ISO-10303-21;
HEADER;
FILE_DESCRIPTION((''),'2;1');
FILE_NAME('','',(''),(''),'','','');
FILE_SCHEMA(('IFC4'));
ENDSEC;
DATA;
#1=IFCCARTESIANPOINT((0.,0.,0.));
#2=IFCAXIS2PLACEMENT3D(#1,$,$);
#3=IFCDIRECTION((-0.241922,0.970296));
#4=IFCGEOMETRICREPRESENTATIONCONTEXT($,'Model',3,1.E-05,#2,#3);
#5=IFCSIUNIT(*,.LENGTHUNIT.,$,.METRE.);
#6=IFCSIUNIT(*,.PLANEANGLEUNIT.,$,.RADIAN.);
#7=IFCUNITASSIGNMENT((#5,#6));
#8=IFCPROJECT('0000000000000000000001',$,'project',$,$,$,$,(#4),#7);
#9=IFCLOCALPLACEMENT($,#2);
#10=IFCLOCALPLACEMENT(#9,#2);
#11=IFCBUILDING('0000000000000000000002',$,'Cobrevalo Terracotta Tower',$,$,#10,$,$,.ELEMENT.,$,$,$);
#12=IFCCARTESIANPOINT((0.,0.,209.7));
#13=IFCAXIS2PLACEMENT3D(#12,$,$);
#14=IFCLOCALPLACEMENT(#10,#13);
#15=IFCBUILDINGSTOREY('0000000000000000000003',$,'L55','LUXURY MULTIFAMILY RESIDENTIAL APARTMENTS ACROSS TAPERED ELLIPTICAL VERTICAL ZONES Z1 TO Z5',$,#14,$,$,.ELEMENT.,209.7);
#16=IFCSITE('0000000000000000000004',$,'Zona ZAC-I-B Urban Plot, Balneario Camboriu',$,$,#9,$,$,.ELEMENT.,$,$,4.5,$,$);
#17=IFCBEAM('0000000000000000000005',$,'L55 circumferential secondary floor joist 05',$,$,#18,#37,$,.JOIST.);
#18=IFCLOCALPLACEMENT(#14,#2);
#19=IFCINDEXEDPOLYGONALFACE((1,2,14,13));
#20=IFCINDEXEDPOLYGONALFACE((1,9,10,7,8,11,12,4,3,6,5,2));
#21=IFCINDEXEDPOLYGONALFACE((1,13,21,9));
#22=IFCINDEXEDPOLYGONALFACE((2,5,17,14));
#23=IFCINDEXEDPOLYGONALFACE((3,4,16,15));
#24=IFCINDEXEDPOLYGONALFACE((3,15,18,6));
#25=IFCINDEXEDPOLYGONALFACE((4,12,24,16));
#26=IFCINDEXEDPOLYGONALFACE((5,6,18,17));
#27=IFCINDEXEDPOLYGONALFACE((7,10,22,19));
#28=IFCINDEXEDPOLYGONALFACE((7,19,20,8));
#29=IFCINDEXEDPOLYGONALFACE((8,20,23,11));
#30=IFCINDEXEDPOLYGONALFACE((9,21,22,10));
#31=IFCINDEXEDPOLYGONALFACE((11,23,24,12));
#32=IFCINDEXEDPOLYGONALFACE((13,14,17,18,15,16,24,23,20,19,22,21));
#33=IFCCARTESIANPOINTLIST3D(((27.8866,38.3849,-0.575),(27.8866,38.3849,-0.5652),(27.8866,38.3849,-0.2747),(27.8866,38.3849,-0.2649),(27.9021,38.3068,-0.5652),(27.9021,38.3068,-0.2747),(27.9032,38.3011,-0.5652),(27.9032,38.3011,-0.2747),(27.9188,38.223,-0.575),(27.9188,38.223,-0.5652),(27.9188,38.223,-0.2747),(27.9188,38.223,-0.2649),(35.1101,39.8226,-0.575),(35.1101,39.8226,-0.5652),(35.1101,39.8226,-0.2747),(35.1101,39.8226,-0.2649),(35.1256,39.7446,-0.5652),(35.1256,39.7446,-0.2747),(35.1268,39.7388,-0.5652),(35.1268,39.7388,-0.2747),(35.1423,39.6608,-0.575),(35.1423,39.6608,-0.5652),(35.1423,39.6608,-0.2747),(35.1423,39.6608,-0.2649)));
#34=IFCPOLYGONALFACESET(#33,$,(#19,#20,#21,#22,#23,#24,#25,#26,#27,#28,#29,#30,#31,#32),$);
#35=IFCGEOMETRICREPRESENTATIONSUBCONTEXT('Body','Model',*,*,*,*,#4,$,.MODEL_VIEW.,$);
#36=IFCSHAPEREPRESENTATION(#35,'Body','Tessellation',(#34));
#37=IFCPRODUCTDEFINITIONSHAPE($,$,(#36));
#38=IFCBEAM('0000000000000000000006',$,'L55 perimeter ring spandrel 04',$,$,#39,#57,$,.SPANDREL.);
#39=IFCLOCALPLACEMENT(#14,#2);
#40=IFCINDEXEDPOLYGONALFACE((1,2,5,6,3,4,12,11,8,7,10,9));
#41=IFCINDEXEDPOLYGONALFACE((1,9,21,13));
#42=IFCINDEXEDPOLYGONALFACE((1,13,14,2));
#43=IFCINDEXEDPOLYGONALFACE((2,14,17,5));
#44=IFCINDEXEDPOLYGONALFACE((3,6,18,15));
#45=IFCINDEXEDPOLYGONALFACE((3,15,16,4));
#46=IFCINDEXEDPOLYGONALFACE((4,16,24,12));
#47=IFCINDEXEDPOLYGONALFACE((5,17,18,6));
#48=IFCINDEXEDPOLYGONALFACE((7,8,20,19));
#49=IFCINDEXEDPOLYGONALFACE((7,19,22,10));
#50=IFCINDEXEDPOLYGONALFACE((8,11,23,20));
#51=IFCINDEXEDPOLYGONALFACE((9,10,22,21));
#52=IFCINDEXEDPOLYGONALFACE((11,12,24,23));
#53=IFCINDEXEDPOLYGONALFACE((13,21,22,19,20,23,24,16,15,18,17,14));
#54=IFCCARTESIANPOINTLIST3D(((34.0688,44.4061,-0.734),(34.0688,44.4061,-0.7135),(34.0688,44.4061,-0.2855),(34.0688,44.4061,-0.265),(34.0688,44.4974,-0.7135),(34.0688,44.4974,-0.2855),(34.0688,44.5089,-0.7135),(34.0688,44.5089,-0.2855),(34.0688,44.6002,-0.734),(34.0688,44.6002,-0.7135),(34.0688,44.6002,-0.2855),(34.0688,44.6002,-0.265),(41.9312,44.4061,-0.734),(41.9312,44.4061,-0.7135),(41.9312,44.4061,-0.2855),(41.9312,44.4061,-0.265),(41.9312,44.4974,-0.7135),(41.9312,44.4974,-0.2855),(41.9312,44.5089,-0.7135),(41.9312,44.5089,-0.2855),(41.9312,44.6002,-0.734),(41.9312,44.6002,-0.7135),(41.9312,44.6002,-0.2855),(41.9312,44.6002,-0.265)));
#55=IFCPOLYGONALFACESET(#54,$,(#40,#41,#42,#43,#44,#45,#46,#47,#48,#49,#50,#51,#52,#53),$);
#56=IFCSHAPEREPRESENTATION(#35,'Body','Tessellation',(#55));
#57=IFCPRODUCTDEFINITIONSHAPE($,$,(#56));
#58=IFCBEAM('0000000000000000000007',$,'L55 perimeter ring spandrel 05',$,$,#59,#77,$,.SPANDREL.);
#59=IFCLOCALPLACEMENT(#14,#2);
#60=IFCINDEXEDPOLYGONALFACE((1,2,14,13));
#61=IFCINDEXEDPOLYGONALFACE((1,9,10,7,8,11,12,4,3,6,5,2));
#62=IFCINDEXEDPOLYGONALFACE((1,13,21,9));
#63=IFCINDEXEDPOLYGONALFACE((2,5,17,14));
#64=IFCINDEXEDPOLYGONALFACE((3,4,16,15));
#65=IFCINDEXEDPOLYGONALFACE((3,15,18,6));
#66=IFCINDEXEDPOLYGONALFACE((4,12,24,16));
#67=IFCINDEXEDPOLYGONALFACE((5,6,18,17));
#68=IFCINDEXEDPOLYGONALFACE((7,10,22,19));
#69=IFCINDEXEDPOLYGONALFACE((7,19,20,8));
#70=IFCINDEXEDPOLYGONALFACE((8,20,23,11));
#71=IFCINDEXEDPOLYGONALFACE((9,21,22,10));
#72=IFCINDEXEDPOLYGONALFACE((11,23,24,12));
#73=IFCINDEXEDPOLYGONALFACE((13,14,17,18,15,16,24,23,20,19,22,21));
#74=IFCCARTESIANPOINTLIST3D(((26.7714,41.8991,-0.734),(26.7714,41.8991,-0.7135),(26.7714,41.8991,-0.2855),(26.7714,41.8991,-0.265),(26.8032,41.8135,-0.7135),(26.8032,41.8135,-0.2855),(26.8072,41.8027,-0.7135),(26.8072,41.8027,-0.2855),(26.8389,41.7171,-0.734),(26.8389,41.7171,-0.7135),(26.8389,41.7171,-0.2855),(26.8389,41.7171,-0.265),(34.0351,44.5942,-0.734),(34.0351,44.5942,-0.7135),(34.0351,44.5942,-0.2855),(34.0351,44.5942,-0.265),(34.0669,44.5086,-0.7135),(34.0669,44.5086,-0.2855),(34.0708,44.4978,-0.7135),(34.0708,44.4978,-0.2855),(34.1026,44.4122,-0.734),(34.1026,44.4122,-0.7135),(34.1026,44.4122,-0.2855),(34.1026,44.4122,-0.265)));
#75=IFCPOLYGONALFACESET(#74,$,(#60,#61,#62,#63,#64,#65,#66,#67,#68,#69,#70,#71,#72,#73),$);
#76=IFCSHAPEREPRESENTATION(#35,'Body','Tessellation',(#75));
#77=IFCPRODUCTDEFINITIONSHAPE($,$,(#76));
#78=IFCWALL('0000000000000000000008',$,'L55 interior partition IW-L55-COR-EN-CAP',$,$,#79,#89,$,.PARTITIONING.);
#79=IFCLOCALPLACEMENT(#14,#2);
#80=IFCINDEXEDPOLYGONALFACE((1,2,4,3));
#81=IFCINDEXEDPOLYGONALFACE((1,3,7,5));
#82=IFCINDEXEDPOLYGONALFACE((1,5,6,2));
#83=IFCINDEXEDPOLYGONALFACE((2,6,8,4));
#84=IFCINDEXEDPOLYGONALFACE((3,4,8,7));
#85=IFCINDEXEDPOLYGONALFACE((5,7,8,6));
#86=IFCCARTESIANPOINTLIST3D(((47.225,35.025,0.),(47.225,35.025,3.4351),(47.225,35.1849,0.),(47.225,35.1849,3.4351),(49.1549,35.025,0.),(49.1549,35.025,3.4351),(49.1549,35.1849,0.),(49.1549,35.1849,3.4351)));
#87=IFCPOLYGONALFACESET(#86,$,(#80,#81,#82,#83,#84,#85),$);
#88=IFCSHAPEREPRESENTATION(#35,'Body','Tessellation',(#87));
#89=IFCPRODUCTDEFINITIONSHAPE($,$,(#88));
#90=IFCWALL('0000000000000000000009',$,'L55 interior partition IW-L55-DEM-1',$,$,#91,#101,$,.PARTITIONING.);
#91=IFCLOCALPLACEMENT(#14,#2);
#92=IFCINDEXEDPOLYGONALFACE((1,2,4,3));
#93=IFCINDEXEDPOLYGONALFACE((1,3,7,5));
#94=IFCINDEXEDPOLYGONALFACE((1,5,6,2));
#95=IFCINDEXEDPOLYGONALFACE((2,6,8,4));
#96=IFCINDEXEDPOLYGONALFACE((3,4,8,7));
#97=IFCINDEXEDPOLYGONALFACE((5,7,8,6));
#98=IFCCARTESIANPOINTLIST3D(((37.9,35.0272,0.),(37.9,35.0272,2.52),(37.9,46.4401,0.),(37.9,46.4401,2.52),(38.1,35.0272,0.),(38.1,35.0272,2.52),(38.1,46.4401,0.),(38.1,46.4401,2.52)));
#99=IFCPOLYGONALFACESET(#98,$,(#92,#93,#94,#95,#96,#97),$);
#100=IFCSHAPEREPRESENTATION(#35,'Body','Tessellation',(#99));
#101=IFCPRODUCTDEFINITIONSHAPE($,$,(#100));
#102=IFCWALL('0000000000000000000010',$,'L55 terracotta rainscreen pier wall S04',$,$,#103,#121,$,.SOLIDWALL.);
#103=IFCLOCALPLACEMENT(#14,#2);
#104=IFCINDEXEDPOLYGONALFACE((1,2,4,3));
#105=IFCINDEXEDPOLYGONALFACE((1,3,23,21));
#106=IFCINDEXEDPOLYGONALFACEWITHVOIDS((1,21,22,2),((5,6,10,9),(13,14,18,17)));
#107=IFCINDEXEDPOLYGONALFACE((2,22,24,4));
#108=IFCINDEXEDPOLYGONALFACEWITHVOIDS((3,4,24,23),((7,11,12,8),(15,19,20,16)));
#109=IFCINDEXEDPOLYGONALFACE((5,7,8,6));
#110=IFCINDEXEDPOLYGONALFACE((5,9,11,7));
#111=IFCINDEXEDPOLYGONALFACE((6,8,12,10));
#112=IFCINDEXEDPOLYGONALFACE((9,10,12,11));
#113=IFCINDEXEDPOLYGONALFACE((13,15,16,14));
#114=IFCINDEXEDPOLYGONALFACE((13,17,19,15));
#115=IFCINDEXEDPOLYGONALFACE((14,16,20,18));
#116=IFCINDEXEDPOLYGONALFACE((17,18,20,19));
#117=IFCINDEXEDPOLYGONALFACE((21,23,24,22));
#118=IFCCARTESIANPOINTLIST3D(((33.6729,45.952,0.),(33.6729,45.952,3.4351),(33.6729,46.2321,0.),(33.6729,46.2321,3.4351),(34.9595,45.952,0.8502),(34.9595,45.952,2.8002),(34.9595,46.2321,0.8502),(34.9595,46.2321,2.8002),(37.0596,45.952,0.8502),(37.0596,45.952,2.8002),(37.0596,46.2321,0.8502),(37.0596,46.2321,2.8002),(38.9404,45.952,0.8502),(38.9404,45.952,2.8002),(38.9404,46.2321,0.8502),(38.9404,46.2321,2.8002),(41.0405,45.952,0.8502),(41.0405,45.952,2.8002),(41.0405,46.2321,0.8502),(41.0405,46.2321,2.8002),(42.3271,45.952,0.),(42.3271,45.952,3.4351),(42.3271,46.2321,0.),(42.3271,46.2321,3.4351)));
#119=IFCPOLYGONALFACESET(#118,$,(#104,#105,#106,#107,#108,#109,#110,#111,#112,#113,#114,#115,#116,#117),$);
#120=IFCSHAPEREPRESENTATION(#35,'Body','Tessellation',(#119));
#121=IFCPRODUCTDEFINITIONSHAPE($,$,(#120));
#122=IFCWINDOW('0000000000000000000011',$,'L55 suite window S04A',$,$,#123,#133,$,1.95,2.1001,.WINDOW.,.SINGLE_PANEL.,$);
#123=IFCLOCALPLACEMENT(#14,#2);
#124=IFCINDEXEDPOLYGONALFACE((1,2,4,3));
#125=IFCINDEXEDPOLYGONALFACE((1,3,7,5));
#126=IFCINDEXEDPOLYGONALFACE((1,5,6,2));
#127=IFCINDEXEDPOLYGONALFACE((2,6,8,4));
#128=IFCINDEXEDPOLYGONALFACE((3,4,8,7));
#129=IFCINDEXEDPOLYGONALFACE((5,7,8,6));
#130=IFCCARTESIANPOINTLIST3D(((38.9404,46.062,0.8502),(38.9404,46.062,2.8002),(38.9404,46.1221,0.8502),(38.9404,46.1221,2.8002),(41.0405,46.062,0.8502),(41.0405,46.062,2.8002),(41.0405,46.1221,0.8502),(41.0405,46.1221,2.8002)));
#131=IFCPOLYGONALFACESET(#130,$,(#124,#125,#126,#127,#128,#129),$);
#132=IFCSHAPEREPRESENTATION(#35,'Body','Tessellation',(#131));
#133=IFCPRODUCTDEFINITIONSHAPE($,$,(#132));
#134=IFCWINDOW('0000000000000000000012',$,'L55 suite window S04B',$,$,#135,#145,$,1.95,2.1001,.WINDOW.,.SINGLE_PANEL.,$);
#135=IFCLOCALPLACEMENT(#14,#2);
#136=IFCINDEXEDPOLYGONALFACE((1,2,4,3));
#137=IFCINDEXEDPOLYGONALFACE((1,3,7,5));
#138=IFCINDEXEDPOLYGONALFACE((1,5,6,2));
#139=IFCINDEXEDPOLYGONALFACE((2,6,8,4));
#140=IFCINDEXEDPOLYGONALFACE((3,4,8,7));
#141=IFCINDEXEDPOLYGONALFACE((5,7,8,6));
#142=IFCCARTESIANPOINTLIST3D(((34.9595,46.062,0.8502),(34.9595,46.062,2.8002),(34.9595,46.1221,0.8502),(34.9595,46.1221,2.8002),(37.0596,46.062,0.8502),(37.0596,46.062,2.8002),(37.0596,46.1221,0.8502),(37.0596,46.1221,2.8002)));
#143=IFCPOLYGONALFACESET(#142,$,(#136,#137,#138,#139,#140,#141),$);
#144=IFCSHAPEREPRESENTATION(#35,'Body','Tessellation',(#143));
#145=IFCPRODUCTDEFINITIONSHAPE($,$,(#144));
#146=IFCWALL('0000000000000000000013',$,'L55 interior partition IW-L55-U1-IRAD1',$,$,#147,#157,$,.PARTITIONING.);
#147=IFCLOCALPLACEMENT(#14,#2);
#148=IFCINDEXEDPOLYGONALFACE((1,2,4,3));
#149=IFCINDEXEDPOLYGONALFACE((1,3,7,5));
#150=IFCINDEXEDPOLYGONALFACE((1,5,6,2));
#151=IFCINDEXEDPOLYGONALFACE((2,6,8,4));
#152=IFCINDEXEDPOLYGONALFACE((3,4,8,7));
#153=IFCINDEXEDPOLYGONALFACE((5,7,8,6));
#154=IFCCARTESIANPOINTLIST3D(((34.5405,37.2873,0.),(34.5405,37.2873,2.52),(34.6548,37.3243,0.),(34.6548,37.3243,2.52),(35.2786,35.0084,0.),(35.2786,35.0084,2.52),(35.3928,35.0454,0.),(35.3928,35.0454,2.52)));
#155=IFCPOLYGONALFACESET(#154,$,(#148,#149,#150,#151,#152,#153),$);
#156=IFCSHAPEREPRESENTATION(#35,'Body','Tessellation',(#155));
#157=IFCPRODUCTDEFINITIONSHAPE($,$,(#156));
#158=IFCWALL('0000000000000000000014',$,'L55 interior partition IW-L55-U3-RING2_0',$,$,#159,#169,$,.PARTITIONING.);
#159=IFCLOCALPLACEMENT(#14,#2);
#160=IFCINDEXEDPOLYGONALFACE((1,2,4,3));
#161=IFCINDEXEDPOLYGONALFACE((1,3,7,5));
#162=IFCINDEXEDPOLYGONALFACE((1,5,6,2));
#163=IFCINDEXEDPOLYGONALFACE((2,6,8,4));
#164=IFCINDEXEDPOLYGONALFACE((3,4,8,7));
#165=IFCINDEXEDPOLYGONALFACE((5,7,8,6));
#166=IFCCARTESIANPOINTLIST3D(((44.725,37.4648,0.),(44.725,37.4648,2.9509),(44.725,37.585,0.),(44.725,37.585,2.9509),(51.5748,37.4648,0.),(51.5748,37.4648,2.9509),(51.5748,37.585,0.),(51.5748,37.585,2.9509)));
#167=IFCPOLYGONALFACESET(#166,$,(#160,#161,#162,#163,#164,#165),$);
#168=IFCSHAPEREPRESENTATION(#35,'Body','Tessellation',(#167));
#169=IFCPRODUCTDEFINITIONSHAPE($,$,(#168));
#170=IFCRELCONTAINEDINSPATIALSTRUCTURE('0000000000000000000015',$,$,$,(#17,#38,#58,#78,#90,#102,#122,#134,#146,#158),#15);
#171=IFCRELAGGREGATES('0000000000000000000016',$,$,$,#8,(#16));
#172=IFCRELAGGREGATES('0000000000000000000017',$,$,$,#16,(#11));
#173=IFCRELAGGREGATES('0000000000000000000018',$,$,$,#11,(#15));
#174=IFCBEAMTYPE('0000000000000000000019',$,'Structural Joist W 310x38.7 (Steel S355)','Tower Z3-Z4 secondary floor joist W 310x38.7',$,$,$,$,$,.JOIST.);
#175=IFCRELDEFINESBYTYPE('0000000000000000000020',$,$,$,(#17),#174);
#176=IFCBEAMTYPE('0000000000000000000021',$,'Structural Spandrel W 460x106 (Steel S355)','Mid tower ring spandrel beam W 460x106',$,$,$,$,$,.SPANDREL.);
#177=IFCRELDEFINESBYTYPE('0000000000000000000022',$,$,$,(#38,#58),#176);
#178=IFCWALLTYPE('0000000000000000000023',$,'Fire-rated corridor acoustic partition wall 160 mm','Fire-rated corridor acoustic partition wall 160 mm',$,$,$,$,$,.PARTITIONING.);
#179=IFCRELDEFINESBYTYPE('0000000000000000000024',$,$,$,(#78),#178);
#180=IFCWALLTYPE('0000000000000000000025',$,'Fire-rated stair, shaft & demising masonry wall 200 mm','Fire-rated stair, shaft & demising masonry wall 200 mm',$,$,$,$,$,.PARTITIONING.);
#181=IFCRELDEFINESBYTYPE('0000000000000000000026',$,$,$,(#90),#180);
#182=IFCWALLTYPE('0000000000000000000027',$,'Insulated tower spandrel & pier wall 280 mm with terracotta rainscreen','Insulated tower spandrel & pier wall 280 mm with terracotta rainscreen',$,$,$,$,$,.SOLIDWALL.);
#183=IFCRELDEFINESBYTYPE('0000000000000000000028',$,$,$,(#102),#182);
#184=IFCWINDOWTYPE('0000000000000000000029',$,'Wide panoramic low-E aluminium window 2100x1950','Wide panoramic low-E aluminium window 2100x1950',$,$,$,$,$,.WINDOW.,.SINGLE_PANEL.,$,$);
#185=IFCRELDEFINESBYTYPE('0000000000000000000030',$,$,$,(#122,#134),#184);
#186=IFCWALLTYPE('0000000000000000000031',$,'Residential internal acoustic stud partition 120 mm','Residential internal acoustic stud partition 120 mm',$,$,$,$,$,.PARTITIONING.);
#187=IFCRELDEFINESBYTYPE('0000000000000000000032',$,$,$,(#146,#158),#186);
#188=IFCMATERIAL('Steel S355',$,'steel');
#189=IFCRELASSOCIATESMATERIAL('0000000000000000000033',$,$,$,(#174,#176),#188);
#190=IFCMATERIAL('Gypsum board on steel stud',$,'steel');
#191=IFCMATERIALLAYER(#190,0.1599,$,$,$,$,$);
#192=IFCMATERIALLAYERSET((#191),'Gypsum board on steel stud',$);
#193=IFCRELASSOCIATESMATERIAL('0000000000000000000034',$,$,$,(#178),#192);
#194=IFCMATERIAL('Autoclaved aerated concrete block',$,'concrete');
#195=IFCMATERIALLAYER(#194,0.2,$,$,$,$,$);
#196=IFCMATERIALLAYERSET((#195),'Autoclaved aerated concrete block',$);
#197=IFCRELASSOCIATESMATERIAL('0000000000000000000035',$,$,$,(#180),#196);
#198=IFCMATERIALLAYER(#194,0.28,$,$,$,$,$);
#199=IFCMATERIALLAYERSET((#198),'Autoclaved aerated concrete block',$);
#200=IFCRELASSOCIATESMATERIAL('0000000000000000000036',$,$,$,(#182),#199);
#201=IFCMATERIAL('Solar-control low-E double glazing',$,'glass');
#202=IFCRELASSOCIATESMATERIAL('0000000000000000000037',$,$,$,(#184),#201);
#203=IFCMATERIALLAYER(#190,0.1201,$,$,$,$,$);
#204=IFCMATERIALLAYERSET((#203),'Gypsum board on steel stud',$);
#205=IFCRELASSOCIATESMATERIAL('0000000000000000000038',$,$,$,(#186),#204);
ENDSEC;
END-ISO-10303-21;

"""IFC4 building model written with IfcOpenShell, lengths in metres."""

from ifc_helpers import new_model, si_unit, direction, frame, frame_2d, origin, origin_2d, place, context, subcontext, project, spatial, rectangle, i_section, extrude, source, transform, mapped, material, layer, layer_set, material_profile, profile_set, type_object, element, fill, save


model = new_model("IFC4")

# Units and contexts
model_context = context("Model", 3, precision=1e-05, world=origin(), true_north=direction((-0.241922, 0.970296)))
body_context = subcontext(model_context, "Body", "Model", "MODEL_VIEW")
ifc_project = project(units=[si_unit("LENGTHUNIT", "METRE"), si_unit("PLANEANGLEUNIT", "RADIAN")], contexts=[model_context])

# Site, building, storey
site_placement = place(None, origin())
site = spatial("IfcSite", under=ifc_project, at=site_placement, Name="Zona ZAC-I-B Urban Plot, Balneario Camboriu", CompositionType="ELEMENT", RefElevation=4.5)
building_placement = place(site_placement, origin())
building = spatial("IfcBuilding", under=site, at=building_placement, Name="Cobrevalo Terracotta Tower", CompositionType="ELEMENT")
storey_placement = place(building_placement, frame((0.0, 0.0, 209.7)))
storey = spatial("IfcBuildingStorey", under=building, at=storey_placement, Name="L55", Description="LUXURY MULTIFAMILY RESIDENTIAL APARTMENTS ACROSS TAPERED ELLIPTICAL VERTICAL ZONES Z1 TO Z5", CompositionType="ELEMENT", Elevation=209.7)

# Shared definitions
ifc_material_1 = material(Name="Steel S355", Category="steel")

# Beams
ifc_material_profile_1 = material_profile(ifc_material_1, i_section(OverallWidth=0.165, OverallDepth=0.3101, WebThickness=0.0059, FlangeThickness=0.0098, at=origin_2d()), Name="W 310x38.7")
ifc_profile_set_1 = profile_set([ifc_material_profile_1], Name="Steel S355")
beam_type_1 = type_object("IfcBeamType", Name="Structural Joist W 310x38.7 (Steel S355)", Description="Tower Z3-Z4 secondary floor joist W 310x38.7", PredefinedType="JOIST", material=ifc_profile_set_1)
beam_1_placement = place(storey_placement, frame((35.1262, 39.7417, -0.4199), z_axis=(-0.980763, -0.195204, 0.0), x_axis=(0.195204, -0.980763, 0.0)))
element("IfcBeam", 1, at=beam_1_placement, inside=storey, type_object=beam_type_1, Name="L55 circumferential secondary floor joist 05", PredefinedType="JOIST", context=body_context, shape_type="SweptSolid", body=[
    extrude(i_section(OverallWidth=0.165, OverallDepth=0.3101, WebThickness=0.0059, FlangeThickness=0.0098, at=origin_2d()), origin(), (0.0, 0.0, 1.0), 7.3652),
])
ifc_material_profile_2 = material_profile(ifc_material_1, i_section(OverallWidth=0.1941, OverallDepth=0.469, WebThickness=0.0115, FlangeThickness=0.0205, at=origin_2d()), Name="W 460x106")
ifc_profile_set_2 = profile_set([ifc_material_profile_2], Name="Steel S355")
beam_type_2 = type_object("IfcBeamType", Name="Structural Spandrel W 460x106 (Steel S355)", Description="Mid tower ring spandrel beam W 460x106", PredefinedType="SPANDREL", material=ifc_profile_set_2)
beam_2_placement = place(storey_placement, frame((41.9312, 44.5032, -0.4995), z_axis=(-1.0, 0.0, 0.0), x_axis=(0.0, -1.0, 0.0)))
element("IfcBeam", 2, at=beam_2_placement, inside=storey, type_object=beam_type_2, Name="L55 perimeter ring spandrel 04", PredefinedType="SPANDREL", context=body_context, shape_type="SweptSolid", body=[
    extrude(i_section(OverallWidth=0.1941, OverallDepth=0.469, WebThickness=0.0115, FlangeThickness=0.0205, at=origin_2d()), origin(), (0.0, 0.0, 1.0), 7.8623),
])
beam_3_placement = place(storey_placement, frame((34.0688, 44.5032, -0.4995), z_axis=(-0.937546, -0.347861, 0.0), x_axis=(0.347861, -0.937546, 0.0)))
element("IfcBeam", 3, at=beam_3_placement, inside=storey, type_object=beam_type_2, Name="L55 perimeter ring spandrel 05", PredefinedType="SPANDREL", context=body_context, shape_type="SweptSolid", body=[
    extrude(i_section(OverallWidth=0.1941, OverallDepth=0.469, WebThickness=0.0115, FlangeThickness=0.0205, at=origin_2d()), origin(), (0.0, 0.0, 1.0), 7.7476),
])

# Walls
ifc_material_2 = material(Name="Gypsum board on steel stud", Category="steel")
ifc_layer_1 = layer(ifc_material_2, 0.1599)
ifc_layer_set_1 = layer_set([ifc_layer_1], Name="Gypsum board on steel stud")
wall_type_1 = type_object("IfcWallType", Name="Fire-rated corridor acoustic partition wall 160 mm", Description="Fire-rated corridor acoustic partition wall 160 mm", PredefinedType="PARTITIONING", material=ifc_layer_set_1)
wall_1_placement = place(storey_placement, frame((47.2251, 35.105, 0.0), z_axis=(0.0, 0.0, 1.0), x_axis=(1.0, 0.0, 0.0)))
element("IfcWall", 4, at=wall_1_placement, inside=storey, type_object=wall_type_1, Name="L55 interior partition IW-L55-COR-EN-CAP", PredefinedType="PARTITIONING", context=body_context, shape_type="SweptSolid", body=[
    extrude(rectangle(XDim=1.9299, YDim=0.1599, at=frame_2d((0.9648, 0.0))), origin(), (0.0, 0.0, 1.0), 3.4351),
])
ifc_material_3 = material(Name="Autoclaved aerated concrete block", Category="concrete")
ifc_layer_2 = layer(ifc_material_3, 0.2)
ifc_layer_set_2 = layer_set([ifc_layer_2], Name="Autoclaved aerated concrete block")
wall_type_2 = type_object("IfcWallType", Name="Fire-rated stair, shaft & demising masonry wall 200 mm", Description="Fire-rated stair, shaft & demising masonry wall 200 mm", PredefinedType="PARTITIONING", material=ifc_layer_set_2)
wall_2_placement = place(storey_placement, frame((38.0, 35.0271, 0.0), z_axis=(0.0, 0.0, 1.0), x_axis=(0.0, 1.0, 0.0)))
element("IfcWall", 5, at=wall_2_placement, inside=storey, type_object=wall_type_2, Name="L55 interior partition IW-L55-DEM-1", PredefinedType="PARTITIONING", context=body_context, shape_type="SweptSolid", body=[
    extrude(rectangle(XDim=11.4128, YDim=0.2, at=frame_2d((5.7065, 0.0))), origin(), (0.0, 0.0, 1.0), 2.52),
])

# Wall, openings, windows
ifc_layer_3 = layer(ifc_material_3, 0.28)
ifc_layer_set_3 = layer_set([ifc_layer_3], Name="Autoclaved aerated concrete block")
wall_type_3 = type_object("IfcWallType", Name="Insulated tower spandrel & pier wall 280 mm with terracotta rainscreen", Description="Insulated tower spandrel & pier wall 280 mm with terracotta rainscreen", PredefinedType="SOLIDWALL", material=ifc_layer_set_3)
wall_3_placement = place(storey_placement, frame((42.3271, 46.092, 0.0), z_axis=(0.0, 0.0, 1.0), x_axis=(-1.0, 0.0, 0.0)))
wall_3 = element("IfcWall", 6, at=wall_3_placement, inside=storey, type_object=wall_type_3, Name="L55 terracotta rainscreen pier wall S04", PredefinedType="SOLIDWALL", context=body_context, shape_type="SweptSolid", body=[
    extrude(rectangle(XDim=8.6543, YDim=0.28, at=frame_2d((4.3271, 0.0))), origin(), (0.0, 0.0, 1.0), 3.4351),
])
opening_1_placement = place(wall_3_placement, frame((1.2866, 0.0, 0.8501)))
opening_1 = element("IfcOpeningElement", 7, at=opening_1_placement, cuts=wall_3, PredefinedType="OPENING", context=body_context, shape_type="SweptSolid", body=[
    extrude(rectangle(XDim=2.1001, YDim=1.95, at=frame_2d((1.05, 0.9751))), frame((0.0, 0.1499, 0.0), z_axis=(0.0, -1.0, 0.0), x_axis=(1.0, 0.0, 0.0)), (0.0, 0.0, 1.0), 0.3),
])
opening_2_placement = place(wall_3_placement, frame((5.2676, 0.0, 0.8501)))
opening_2 = element("IfcOpeningElement", 8, at=opening_2_placement, cuts=wall_3, PredefinedType="OPENING", context=body_context, shape_type="SweptSolid", body=[
    extrude(rectangle(XDim=2.1001, YDim=1.95, at=frame_2d((1.05, 0.9751))), frame((0.0, 0.1499, 0.0), z_axis=(0.0, -1.0, 0.0), x_axis=(1.0, 0.0, 0.0)), (0.0, 0.0, 1.0), 0.3),
])
ifc_material_4 = material(Name="Solar-control low-E double glazing", Category="glass")
window_type = type_object("IfcWindowType", Name="Wide panoramic low-E aluminium window 2100x1950", Description="Wide panoramic low-E aluminium window 2100x1950", PartitioningType="SINGLE_PANEL", PredefinedType="WINDOW", material=ifc_material_4)
shared_shape_1 = source(origin(), body_context, "Body", "SweptSolid", [
    extrude(rectangle(XDim=2.1001, YDim=1.95, at=frame_2d((1.05, 0.9751))), frame((0.0, 0.03, 0.0), z_axis=(0.0, -1.0, 0.0), x_axis=(1.0, 0.0, 0.0)), (0.0, 0.0, 1.0), 0.0601),
])
window_1_placement = place(opening_1_placement, origin())
window_1 = element("IfcWindow", 9, at=window_1_placement, inside=storey, type_object=window_type, Name="L55 suite window S04A", OverallHeight=1.95, OverallWidth=2.1001, PartitioningType="SINGLE_PANEL", PredefinedType="WINDOW", context=body_context, shape_type="MappedRepresentation", body=[
    mapped(shared_shape_1, transform((0.0, 0.0, 0.0), scale=1.0)),
])
fill(opening_1, window_1)
window_2_placement = place(opening_2_placement, origin())
window_2 = element("IfcWindow", 10, at=window_2_placement, inside=storey, type_object=window_type, Name="L55 suite window S04B", OverallHeight=1.95, OverallWidth=2.1001, PartitioningType="SINGLE_PANEL", PredefinedType="WINDOW", context=body_context, shape_type="MappedRepresentation", body=[
    mapped(shared_shape_1, transform((0.0, 0.0, 0.0), scale=1.0)),
])
fill(opening_2, window_2)

# Wall
ifc_layer_4 = layer(ifc_material_2, 0.1201)
ifc_layer_set_4 = layer_set([ifc_layer_4], Name="Gypsum board on steel stud")
wall_type_4 = type_object("IfcWallType", Name="Residential internal acoustic stud partition 120 mm", Description="Residential internal acoustic stud partition 120 mm", PredefinedType="PARTITIONING", material=ifc_layer_set_4)
wall_4_placement = place(storey_placement, frame((35.3357, 35.0269, 0.0), z_axis=(0.0, 0.0, 1.0), x_axis=(-0.308083, 0.951359, 0.0)))
element("IfcWall", 11, at=wall_4_placement, inside=storey, type_object=wall_type_4, Name="L55 interior partition IW-L55-U1-IRAD1", PredefinedType="PARTITIONING", context=body_context, shape_type="SweptSolid", body=[
    extrude(rectangle(XDim=2.3955, YDim=0.1201, at=frame_2d((1.1978, 0.0))), origin(), (0.0, 0.0, 1.0), 2.52),
])

# Wall
wall_5_placement = place(storey_placement, frame((44.7251, 37.5249, 0.0), z_axis=(0.0, 0.0, 1.0), x_axis=(1.0, 0.0, 0.0)))
element("IfcWall", 12, at=wall_5_placement, inside=storey, type_object=wall_type_4, Name="L55 interior partition IW-L55-U3-RING2_0", PredefinedType="PARTITIONING", context=body_context, shape_type="SweptSolid", body=[
    extrude(rectangle(XDim=6.8499, YDim=0.1201, at=frame_2d((3.4248, 0.0))), origin(), (0.0, 0.0, 1.0), 2.9509),
])

save(model, "model.ifc")
